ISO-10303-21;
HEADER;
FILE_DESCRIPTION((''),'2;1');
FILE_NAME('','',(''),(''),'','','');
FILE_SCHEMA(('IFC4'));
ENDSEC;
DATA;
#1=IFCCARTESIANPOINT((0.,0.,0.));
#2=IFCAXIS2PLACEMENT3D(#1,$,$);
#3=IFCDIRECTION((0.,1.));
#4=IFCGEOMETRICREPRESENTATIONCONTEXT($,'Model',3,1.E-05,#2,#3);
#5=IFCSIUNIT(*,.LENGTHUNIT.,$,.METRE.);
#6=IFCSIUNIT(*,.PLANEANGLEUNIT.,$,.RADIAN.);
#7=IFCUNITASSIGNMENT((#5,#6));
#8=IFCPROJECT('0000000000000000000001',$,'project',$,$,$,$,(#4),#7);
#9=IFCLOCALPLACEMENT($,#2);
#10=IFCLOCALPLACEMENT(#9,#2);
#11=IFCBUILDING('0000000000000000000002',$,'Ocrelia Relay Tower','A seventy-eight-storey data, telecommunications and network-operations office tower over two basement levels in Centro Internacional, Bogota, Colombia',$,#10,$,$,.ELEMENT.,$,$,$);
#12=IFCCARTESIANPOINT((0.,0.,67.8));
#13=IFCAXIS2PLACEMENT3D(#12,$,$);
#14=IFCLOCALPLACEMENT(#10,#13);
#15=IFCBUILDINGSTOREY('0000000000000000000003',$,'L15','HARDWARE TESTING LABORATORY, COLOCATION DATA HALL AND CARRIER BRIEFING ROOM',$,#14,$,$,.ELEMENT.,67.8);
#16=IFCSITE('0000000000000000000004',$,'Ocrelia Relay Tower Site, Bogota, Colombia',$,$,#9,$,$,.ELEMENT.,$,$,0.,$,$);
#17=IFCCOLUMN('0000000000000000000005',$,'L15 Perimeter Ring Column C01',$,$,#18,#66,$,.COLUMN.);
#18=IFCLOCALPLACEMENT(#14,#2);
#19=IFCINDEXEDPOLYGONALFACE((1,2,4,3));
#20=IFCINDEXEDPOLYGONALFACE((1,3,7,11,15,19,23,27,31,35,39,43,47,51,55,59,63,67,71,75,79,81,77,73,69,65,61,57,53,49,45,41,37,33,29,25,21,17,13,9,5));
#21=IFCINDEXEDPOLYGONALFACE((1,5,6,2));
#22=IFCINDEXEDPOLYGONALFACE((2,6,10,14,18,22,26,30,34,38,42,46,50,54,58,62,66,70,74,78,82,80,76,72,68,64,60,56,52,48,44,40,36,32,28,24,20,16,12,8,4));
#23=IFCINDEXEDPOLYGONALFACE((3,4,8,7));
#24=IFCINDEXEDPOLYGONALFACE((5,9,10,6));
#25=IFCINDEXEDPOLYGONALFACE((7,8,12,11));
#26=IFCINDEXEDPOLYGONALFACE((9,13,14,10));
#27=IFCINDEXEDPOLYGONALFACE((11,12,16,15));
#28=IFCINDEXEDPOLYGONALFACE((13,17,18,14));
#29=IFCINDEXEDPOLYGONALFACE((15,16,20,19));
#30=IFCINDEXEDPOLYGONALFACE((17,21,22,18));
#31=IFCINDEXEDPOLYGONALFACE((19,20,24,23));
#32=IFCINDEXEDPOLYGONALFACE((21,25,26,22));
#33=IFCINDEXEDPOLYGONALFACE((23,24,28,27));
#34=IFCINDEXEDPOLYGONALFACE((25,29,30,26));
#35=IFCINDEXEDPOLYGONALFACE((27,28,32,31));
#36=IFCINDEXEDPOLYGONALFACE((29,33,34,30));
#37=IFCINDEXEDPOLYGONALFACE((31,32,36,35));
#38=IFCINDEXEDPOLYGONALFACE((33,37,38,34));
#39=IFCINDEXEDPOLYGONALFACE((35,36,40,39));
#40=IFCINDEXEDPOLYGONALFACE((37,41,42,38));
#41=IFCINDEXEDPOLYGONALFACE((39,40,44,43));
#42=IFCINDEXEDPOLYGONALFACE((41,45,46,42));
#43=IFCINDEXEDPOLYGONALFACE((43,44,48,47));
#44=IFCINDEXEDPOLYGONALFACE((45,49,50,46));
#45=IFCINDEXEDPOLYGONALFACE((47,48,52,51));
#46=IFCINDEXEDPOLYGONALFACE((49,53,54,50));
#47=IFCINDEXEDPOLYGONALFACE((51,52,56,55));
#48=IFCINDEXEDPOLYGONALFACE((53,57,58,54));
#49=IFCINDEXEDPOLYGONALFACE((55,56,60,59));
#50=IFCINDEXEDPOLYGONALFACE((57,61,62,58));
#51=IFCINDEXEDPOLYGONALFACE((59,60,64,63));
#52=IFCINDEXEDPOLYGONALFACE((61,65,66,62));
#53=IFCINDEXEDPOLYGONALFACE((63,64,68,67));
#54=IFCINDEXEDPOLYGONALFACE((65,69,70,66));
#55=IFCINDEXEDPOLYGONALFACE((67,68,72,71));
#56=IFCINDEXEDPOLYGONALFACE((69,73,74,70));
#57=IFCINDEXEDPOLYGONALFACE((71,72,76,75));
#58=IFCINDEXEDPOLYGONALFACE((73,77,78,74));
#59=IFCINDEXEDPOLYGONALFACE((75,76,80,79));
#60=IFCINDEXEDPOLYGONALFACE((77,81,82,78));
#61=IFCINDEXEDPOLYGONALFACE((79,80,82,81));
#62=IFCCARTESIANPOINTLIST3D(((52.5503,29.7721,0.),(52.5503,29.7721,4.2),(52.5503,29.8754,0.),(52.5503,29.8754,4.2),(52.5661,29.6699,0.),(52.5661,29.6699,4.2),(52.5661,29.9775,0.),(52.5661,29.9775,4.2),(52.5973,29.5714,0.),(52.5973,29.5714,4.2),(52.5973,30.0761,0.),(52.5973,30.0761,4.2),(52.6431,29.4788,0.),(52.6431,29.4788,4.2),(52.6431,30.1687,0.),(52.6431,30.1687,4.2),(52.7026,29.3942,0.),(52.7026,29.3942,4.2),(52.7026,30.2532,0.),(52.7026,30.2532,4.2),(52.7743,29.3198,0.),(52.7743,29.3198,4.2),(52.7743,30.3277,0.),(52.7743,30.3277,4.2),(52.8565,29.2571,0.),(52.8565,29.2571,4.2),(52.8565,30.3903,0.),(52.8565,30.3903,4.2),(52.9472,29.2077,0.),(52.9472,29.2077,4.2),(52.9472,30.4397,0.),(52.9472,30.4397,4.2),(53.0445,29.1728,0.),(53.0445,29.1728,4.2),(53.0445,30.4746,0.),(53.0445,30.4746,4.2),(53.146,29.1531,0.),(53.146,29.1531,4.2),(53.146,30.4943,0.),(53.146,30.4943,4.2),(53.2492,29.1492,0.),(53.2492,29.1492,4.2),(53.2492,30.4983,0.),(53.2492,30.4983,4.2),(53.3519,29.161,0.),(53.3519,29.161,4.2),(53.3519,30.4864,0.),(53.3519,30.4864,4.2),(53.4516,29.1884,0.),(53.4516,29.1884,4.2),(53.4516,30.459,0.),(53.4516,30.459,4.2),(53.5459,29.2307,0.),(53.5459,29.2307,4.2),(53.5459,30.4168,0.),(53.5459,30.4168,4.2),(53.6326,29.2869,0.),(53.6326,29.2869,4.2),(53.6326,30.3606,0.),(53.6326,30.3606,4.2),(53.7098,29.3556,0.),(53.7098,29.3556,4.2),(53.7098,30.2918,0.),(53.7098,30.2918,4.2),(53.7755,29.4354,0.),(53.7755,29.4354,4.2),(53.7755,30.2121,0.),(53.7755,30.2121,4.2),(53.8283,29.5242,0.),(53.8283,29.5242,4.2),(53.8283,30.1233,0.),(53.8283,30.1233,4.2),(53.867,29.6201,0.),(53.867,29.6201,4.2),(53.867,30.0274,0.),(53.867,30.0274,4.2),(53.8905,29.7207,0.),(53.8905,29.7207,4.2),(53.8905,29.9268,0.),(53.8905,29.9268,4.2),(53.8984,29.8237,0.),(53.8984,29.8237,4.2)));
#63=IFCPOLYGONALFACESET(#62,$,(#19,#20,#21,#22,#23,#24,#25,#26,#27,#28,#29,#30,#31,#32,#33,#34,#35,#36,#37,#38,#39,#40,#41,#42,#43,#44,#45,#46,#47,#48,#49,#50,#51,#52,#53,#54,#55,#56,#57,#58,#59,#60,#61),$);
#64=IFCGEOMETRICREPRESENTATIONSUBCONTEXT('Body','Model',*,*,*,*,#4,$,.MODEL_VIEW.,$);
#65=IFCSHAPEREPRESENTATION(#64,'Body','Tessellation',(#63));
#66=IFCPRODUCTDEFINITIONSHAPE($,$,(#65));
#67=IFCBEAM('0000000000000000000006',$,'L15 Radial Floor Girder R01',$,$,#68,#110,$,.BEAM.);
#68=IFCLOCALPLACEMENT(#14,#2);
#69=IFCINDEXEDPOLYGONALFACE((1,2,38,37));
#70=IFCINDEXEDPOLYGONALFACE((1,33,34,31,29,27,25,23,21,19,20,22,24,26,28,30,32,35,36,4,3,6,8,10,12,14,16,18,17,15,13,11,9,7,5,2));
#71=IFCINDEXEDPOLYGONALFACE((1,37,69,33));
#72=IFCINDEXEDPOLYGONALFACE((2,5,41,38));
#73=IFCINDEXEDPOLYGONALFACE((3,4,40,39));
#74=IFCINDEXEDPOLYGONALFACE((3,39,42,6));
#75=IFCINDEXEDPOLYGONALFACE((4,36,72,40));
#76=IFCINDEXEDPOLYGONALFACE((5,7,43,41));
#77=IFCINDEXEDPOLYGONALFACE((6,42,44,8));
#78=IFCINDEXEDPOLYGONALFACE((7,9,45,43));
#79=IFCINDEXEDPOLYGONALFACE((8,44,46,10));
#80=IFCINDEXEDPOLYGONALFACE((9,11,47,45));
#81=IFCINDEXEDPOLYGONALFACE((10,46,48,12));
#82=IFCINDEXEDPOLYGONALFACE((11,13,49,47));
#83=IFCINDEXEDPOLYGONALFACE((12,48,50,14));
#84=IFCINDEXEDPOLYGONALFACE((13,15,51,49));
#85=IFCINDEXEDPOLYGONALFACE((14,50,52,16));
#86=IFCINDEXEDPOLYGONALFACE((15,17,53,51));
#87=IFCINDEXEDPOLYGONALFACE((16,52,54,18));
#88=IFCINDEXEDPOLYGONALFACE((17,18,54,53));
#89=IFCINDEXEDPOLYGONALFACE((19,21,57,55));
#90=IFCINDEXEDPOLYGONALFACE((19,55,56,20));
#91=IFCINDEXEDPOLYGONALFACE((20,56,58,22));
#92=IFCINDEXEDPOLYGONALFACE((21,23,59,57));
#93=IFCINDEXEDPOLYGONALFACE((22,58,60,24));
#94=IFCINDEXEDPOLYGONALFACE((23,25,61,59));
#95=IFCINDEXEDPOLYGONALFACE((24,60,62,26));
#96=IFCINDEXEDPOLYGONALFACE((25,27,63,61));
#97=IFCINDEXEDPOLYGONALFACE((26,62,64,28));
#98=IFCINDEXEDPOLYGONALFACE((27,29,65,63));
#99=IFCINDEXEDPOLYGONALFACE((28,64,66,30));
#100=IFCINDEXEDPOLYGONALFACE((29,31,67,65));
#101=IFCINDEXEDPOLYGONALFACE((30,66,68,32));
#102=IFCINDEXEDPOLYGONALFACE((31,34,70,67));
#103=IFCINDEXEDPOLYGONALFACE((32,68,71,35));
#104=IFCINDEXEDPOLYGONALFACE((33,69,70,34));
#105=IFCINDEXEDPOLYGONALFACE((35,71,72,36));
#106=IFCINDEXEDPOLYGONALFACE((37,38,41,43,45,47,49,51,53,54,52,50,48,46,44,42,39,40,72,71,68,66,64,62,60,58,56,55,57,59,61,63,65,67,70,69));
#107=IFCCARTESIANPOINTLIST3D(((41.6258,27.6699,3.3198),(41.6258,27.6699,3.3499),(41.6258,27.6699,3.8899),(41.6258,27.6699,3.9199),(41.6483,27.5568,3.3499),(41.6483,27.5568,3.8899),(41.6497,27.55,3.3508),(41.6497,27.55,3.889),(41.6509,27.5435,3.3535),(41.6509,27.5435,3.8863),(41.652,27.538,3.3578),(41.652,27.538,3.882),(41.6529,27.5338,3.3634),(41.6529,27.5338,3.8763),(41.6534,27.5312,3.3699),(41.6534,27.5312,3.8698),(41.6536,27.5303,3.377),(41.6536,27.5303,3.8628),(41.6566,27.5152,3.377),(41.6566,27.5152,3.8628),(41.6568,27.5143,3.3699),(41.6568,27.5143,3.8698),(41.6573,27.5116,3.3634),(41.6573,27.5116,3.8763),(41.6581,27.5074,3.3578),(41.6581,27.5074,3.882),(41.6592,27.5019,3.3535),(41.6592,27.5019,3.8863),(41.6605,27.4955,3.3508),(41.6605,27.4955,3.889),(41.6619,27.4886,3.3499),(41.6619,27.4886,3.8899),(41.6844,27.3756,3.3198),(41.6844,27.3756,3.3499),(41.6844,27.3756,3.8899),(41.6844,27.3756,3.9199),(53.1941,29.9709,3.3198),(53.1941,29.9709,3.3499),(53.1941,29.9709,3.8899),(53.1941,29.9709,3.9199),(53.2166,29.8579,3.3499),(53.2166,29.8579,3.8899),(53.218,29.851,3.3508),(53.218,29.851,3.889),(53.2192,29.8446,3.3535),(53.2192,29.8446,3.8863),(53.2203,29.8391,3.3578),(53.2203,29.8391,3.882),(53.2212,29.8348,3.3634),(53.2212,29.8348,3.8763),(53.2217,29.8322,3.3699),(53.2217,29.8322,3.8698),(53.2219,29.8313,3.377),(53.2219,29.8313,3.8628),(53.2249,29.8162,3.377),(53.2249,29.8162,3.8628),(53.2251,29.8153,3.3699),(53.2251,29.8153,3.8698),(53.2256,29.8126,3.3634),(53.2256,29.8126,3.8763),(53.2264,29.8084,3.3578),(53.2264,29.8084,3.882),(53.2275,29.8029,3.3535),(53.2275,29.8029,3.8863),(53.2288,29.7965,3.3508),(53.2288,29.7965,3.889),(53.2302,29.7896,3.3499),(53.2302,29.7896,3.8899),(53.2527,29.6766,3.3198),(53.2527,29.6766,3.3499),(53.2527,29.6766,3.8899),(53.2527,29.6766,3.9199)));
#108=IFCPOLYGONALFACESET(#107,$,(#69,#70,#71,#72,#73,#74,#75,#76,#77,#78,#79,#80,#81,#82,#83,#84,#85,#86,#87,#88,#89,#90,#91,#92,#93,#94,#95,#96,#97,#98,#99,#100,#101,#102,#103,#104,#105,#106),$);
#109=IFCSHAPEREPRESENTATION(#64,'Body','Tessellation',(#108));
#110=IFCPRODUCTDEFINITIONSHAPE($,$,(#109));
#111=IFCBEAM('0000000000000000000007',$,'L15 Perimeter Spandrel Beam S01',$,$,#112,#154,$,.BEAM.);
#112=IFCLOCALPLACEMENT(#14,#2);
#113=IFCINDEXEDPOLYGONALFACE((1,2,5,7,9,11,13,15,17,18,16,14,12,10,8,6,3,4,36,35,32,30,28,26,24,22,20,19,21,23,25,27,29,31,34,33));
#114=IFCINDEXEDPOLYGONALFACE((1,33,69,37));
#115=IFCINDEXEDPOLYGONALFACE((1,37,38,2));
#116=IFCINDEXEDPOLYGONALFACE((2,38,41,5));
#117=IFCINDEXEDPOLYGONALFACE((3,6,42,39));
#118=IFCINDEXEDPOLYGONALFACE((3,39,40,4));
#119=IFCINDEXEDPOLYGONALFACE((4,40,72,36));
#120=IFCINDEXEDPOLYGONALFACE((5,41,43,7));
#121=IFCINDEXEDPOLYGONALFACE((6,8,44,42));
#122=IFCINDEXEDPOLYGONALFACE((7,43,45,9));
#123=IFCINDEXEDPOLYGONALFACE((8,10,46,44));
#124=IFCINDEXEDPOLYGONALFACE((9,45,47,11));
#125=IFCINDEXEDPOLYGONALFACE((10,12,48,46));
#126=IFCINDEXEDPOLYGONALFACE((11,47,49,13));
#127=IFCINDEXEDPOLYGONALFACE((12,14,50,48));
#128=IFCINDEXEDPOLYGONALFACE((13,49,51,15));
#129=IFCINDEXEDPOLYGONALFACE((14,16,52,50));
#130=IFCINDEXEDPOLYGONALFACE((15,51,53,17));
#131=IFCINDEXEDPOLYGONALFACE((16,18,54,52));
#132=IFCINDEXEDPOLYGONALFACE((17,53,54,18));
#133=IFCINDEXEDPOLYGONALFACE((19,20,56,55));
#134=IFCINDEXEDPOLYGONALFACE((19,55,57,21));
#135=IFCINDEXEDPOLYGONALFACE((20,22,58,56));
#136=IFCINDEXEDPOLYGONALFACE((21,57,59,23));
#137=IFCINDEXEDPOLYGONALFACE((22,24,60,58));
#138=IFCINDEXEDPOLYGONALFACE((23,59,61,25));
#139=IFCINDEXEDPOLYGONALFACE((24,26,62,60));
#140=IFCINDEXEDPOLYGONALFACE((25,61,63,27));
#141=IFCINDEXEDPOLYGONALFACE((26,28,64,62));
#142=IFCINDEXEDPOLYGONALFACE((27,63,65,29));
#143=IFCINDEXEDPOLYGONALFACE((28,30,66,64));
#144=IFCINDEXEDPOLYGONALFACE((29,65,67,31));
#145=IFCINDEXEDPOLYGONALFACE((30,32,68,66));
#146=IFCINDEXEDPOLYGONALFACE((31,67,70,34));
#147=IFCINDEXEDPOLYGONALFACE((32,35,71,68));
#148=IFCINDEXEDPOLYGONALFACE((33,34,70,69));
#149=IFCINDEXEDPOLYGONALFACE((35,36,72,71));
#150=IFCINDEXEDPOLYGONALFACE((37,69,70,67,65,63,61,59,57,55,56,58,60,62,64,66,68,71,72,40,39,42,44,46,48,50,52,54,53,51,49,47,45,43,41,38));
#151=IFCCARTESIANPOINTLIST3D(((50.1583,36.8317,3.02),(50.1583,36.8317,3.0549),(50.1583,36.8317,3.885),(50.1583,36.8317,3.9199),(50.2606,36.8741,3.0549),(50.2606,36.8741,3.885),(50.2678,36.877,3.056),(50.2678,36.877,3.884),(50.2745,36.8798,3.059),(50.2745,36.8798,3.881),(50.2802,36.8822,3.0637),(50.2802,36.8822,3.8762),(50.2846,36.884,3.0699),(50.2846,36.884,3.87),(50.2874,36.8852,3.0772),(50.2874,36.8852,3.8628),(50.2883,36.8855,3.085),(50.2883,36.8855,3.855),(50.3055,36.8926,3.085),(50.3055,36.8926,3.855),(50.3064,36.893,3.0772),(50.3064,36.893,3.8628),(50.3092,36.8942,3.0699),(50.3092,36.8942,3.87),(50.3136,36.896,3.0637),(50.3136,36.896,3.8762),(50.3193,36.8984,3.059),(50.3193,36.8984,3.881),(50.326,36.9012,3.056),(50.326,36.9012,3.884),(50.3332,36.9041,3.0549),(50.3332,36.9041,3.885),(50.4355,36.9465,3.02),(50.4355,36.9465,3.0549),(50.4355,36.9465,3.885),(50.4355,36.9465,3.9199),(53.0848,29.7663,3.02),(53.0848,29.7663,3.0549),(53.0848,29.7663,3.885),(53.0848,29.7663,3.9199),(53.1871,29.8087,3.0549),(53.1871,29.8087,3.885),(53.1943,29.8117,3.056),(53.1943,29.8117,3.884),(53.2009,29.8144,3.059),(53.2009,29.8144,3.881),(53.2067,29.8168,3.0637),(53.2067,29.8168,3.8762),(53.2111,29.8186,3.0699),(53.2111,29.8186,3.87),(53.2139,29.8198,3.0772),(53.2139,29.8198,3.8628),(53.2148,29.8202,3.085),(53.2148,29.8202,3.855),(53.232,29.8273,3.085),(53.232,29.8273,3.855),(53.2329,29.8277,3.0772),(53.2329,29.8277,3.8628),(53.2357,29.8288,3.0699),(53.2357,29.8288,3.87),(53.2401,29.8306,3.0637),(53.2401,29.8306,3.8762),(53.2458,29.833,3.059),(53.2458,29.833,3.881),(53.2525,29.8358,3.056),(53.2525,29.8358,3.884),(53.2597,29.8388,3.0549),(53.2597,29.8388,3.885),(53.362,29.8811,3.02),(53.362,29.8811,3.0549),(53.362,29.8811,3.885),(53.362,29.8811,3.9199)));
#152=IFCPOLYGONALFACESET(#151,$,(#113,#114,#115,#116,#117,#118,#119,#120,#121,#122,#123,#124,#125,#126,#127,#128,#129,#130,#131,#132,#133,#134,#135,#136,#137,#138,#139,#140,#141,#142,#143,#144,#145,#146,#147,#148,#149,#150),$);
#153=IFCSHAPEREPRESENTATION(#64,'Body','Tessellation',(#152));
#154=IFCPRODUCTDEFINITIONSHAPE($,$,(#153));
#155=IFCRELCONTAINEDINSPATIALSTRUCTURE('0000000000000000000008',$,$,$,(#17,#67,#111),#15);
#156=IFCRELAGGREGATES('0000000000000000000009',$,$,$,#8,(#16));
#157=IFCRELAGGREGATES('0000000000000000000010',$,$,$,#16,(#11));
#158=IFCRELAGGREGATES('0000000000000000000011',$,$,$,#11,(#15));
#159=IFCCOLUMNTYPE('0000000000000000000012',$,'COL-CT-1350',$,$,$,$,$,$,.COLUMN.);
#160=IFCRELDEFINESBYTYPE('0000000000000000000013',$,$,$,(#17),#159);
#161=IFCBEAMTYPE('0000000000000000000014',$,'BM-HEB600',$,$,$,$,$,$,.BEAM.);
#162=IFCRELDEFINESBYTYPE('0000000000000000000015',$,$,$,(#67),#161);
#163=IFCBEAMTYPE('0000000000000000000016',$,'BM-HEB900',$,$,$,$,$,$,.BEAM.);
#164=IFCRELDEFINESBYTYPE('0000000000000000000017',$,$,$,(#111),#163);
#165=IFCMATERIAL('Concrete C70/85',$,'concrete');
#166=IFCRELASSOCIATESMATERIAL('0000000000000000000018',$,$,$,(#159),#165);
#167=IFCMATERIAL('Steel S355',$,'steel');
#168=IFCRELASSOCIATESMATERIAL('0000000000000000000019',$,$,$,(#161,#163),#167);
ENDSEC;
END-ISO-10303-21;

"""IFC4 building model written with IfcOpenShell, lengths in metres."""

from ifc_helpers import new_model, si_unit, direction, frame, origin, origin_2d, place, context, subcontext, project, spatial, circle, i_section, extrude, material, material_profile, profile_set, type_object, element, save


model = new_model("IFC4")

# Units and contexts
model_context = context("Model", 3, precision=1e-05, world=origin(), true_north=direction((0.0, 1.0)))
body_context = subcontext(model_context, "Body", "Model", "MODEL_VIEW")
ifc_project = project(units=[si_unit("LENGTHUNIT", "METRE"), si_unit("PLANEANGLEUNIT", "RADIAN")], contexts=[model_context])

# Site, building, storey
site_placement = place(None, origin())
site = spatial("IfcSite", under=ifc_project, at=site_placement, Name="Ocrelia Relay Tower Site, Bogota, Colombia", CompositionType="ELEMENT", RefElevation=0.0)
building_placement = place(site_placement, origin())
building = spatial("IfcBuilding", under=site, at=building_placement, Name="Ocrelia Relay Tower", Description="A seventy-eight-storey data, telecommunications and network-operations office tower over two basement levels in Centro Internacional, Bogota, Colombia", CompositionType="ELEMENT")
storey_placement = place(building_placement, frame((0.0, 0.0, 67.8)))
storey = spatial("IfcBuildingStorey", under=building, at=storey_placement, Name="L15", Description="HARDWARE TESTING LABORATORY, COLOCATION DATA HALL AND CARRIER BRIEFING ROOM", CompositionType="ELEMENT", Elevation=67.8)

# Column
ifc_material_1 = material(Name="Concrete C70/85", Category="concrete")
ifc_material_profile_1 = material_profile(ifc_material_1, circle(Radius=0.675, at=origin_2d()), Name="RC-CIR-1350")
ifc_profile_set_1 = profile_set([ifc_material_profile_1], Name="Concrete C70/85")
column_type = type_object("IfcColumnType", Name="COL-CT-1350", PredefinedType="COLUMN", material=ifc_profile_set_1)
column_placement = place(storey_placement, frame((53.2234, 29.8237, 0.0), z_axis=(0.0, 0.0, 1.0), x_axis=(1.0, 0.0, 0.0)))
element("IfcColumn", 1, at=column_placement, inside=storey, type_object=column_type, Name="L15 Perimeter Ring Column C01", PredefinedType="COLUMN", context=body_context, shape_type="SweptSolid", body=[
    extrude(circle(Radius=0.675, at=origin_2d()), origin(), (0.0, 0.0, 1.0), 4.2),
])

# Beams
ifc_material_2 = material(Name="Steel S355", Category="steel")
ifc_material_profile_2 = material_profile(ifc_material_2, i_section(OverallWidth=0.3, OverallDepth=0.6001, WebThickness=0.0154, FlangeThickness=0.03, FilletRadius=0.0271, at=origin_2d()), Name="HEB 600")
ifc_profile_set_2 = profile_set([ifc_material_profile_2], Name="Steel S355")
beam_type_1 = type_object("IfcBeamType", Name="BM-HEB600", PredefinedType="BEAM", material=ifc_profile_set_2)
beam_1_placement = place(storey_placement, frame((53.2234, 29.8237, 3.6199), z_axis=(-0.980786, -0.195085, 0.0), x_axis=(0.195085, -0.980786, 0.0)))
element("IfcBeam", 2, at=beam_1_placement, inside=storey, type_object=beam_type_1, Name="L15 Radial Floor Girder R01", PredefinedType="BEAM", context=body_context, shape_type="SweptSolid", body=[
    extrude(i_section(OverallWidth=0.3, OverallDepth=0.6001, WebThickness=0.0154, FlangeThickness=0.03, FilletRadius=0.0271, at=origin_2d()), origin(), (0.0, 0.0, 1.0), 11.7949),
])
ifc_material_profile_3 = material_profile(ifc_material_2, i_section(OverallWidth=0.3, OverallDepth=0.8999, WebThickness=0.0186, FlangeThickness=0.0349, FilletRadius=0.03, at=origin_2d()), Name="HEB 900")
ifc_profile_set_3 = profile_set([ifc_material_profile_3], Name="Steel S355")
beam_type_2 = type_object("IfcBeamType", Name="BM-HEB900", PredefinedType="BEAM", material=ifc_profile_set_3)
beam_2_placement = place(storey_placement, frame((53.2234, 29.8237, 3.47), z_axis=(-0.382674, 0.923883, 0.0), x_axis=(-0.923883, -0.382674, 0.0)))
element("IfcBeam", 3, at=beam_2_placement, inside=storey, type_object=beam_type_2, Name="L15 Perimeter Spandrel Beam S01", PredefinedType="BEAM", context=body_context, shape_type="SweptSolid", body=[
    extrude(i_section(OverallWidth=0.3, OverallDepth=0.8999, WebThickness=0.0186, FlangeThickness=0.0349, FilletRadius=0.03, at=origin_2d()), origin(), (0.0, 0.0, 1.0), 7.6475),
])

save(model, "model.ifc")
